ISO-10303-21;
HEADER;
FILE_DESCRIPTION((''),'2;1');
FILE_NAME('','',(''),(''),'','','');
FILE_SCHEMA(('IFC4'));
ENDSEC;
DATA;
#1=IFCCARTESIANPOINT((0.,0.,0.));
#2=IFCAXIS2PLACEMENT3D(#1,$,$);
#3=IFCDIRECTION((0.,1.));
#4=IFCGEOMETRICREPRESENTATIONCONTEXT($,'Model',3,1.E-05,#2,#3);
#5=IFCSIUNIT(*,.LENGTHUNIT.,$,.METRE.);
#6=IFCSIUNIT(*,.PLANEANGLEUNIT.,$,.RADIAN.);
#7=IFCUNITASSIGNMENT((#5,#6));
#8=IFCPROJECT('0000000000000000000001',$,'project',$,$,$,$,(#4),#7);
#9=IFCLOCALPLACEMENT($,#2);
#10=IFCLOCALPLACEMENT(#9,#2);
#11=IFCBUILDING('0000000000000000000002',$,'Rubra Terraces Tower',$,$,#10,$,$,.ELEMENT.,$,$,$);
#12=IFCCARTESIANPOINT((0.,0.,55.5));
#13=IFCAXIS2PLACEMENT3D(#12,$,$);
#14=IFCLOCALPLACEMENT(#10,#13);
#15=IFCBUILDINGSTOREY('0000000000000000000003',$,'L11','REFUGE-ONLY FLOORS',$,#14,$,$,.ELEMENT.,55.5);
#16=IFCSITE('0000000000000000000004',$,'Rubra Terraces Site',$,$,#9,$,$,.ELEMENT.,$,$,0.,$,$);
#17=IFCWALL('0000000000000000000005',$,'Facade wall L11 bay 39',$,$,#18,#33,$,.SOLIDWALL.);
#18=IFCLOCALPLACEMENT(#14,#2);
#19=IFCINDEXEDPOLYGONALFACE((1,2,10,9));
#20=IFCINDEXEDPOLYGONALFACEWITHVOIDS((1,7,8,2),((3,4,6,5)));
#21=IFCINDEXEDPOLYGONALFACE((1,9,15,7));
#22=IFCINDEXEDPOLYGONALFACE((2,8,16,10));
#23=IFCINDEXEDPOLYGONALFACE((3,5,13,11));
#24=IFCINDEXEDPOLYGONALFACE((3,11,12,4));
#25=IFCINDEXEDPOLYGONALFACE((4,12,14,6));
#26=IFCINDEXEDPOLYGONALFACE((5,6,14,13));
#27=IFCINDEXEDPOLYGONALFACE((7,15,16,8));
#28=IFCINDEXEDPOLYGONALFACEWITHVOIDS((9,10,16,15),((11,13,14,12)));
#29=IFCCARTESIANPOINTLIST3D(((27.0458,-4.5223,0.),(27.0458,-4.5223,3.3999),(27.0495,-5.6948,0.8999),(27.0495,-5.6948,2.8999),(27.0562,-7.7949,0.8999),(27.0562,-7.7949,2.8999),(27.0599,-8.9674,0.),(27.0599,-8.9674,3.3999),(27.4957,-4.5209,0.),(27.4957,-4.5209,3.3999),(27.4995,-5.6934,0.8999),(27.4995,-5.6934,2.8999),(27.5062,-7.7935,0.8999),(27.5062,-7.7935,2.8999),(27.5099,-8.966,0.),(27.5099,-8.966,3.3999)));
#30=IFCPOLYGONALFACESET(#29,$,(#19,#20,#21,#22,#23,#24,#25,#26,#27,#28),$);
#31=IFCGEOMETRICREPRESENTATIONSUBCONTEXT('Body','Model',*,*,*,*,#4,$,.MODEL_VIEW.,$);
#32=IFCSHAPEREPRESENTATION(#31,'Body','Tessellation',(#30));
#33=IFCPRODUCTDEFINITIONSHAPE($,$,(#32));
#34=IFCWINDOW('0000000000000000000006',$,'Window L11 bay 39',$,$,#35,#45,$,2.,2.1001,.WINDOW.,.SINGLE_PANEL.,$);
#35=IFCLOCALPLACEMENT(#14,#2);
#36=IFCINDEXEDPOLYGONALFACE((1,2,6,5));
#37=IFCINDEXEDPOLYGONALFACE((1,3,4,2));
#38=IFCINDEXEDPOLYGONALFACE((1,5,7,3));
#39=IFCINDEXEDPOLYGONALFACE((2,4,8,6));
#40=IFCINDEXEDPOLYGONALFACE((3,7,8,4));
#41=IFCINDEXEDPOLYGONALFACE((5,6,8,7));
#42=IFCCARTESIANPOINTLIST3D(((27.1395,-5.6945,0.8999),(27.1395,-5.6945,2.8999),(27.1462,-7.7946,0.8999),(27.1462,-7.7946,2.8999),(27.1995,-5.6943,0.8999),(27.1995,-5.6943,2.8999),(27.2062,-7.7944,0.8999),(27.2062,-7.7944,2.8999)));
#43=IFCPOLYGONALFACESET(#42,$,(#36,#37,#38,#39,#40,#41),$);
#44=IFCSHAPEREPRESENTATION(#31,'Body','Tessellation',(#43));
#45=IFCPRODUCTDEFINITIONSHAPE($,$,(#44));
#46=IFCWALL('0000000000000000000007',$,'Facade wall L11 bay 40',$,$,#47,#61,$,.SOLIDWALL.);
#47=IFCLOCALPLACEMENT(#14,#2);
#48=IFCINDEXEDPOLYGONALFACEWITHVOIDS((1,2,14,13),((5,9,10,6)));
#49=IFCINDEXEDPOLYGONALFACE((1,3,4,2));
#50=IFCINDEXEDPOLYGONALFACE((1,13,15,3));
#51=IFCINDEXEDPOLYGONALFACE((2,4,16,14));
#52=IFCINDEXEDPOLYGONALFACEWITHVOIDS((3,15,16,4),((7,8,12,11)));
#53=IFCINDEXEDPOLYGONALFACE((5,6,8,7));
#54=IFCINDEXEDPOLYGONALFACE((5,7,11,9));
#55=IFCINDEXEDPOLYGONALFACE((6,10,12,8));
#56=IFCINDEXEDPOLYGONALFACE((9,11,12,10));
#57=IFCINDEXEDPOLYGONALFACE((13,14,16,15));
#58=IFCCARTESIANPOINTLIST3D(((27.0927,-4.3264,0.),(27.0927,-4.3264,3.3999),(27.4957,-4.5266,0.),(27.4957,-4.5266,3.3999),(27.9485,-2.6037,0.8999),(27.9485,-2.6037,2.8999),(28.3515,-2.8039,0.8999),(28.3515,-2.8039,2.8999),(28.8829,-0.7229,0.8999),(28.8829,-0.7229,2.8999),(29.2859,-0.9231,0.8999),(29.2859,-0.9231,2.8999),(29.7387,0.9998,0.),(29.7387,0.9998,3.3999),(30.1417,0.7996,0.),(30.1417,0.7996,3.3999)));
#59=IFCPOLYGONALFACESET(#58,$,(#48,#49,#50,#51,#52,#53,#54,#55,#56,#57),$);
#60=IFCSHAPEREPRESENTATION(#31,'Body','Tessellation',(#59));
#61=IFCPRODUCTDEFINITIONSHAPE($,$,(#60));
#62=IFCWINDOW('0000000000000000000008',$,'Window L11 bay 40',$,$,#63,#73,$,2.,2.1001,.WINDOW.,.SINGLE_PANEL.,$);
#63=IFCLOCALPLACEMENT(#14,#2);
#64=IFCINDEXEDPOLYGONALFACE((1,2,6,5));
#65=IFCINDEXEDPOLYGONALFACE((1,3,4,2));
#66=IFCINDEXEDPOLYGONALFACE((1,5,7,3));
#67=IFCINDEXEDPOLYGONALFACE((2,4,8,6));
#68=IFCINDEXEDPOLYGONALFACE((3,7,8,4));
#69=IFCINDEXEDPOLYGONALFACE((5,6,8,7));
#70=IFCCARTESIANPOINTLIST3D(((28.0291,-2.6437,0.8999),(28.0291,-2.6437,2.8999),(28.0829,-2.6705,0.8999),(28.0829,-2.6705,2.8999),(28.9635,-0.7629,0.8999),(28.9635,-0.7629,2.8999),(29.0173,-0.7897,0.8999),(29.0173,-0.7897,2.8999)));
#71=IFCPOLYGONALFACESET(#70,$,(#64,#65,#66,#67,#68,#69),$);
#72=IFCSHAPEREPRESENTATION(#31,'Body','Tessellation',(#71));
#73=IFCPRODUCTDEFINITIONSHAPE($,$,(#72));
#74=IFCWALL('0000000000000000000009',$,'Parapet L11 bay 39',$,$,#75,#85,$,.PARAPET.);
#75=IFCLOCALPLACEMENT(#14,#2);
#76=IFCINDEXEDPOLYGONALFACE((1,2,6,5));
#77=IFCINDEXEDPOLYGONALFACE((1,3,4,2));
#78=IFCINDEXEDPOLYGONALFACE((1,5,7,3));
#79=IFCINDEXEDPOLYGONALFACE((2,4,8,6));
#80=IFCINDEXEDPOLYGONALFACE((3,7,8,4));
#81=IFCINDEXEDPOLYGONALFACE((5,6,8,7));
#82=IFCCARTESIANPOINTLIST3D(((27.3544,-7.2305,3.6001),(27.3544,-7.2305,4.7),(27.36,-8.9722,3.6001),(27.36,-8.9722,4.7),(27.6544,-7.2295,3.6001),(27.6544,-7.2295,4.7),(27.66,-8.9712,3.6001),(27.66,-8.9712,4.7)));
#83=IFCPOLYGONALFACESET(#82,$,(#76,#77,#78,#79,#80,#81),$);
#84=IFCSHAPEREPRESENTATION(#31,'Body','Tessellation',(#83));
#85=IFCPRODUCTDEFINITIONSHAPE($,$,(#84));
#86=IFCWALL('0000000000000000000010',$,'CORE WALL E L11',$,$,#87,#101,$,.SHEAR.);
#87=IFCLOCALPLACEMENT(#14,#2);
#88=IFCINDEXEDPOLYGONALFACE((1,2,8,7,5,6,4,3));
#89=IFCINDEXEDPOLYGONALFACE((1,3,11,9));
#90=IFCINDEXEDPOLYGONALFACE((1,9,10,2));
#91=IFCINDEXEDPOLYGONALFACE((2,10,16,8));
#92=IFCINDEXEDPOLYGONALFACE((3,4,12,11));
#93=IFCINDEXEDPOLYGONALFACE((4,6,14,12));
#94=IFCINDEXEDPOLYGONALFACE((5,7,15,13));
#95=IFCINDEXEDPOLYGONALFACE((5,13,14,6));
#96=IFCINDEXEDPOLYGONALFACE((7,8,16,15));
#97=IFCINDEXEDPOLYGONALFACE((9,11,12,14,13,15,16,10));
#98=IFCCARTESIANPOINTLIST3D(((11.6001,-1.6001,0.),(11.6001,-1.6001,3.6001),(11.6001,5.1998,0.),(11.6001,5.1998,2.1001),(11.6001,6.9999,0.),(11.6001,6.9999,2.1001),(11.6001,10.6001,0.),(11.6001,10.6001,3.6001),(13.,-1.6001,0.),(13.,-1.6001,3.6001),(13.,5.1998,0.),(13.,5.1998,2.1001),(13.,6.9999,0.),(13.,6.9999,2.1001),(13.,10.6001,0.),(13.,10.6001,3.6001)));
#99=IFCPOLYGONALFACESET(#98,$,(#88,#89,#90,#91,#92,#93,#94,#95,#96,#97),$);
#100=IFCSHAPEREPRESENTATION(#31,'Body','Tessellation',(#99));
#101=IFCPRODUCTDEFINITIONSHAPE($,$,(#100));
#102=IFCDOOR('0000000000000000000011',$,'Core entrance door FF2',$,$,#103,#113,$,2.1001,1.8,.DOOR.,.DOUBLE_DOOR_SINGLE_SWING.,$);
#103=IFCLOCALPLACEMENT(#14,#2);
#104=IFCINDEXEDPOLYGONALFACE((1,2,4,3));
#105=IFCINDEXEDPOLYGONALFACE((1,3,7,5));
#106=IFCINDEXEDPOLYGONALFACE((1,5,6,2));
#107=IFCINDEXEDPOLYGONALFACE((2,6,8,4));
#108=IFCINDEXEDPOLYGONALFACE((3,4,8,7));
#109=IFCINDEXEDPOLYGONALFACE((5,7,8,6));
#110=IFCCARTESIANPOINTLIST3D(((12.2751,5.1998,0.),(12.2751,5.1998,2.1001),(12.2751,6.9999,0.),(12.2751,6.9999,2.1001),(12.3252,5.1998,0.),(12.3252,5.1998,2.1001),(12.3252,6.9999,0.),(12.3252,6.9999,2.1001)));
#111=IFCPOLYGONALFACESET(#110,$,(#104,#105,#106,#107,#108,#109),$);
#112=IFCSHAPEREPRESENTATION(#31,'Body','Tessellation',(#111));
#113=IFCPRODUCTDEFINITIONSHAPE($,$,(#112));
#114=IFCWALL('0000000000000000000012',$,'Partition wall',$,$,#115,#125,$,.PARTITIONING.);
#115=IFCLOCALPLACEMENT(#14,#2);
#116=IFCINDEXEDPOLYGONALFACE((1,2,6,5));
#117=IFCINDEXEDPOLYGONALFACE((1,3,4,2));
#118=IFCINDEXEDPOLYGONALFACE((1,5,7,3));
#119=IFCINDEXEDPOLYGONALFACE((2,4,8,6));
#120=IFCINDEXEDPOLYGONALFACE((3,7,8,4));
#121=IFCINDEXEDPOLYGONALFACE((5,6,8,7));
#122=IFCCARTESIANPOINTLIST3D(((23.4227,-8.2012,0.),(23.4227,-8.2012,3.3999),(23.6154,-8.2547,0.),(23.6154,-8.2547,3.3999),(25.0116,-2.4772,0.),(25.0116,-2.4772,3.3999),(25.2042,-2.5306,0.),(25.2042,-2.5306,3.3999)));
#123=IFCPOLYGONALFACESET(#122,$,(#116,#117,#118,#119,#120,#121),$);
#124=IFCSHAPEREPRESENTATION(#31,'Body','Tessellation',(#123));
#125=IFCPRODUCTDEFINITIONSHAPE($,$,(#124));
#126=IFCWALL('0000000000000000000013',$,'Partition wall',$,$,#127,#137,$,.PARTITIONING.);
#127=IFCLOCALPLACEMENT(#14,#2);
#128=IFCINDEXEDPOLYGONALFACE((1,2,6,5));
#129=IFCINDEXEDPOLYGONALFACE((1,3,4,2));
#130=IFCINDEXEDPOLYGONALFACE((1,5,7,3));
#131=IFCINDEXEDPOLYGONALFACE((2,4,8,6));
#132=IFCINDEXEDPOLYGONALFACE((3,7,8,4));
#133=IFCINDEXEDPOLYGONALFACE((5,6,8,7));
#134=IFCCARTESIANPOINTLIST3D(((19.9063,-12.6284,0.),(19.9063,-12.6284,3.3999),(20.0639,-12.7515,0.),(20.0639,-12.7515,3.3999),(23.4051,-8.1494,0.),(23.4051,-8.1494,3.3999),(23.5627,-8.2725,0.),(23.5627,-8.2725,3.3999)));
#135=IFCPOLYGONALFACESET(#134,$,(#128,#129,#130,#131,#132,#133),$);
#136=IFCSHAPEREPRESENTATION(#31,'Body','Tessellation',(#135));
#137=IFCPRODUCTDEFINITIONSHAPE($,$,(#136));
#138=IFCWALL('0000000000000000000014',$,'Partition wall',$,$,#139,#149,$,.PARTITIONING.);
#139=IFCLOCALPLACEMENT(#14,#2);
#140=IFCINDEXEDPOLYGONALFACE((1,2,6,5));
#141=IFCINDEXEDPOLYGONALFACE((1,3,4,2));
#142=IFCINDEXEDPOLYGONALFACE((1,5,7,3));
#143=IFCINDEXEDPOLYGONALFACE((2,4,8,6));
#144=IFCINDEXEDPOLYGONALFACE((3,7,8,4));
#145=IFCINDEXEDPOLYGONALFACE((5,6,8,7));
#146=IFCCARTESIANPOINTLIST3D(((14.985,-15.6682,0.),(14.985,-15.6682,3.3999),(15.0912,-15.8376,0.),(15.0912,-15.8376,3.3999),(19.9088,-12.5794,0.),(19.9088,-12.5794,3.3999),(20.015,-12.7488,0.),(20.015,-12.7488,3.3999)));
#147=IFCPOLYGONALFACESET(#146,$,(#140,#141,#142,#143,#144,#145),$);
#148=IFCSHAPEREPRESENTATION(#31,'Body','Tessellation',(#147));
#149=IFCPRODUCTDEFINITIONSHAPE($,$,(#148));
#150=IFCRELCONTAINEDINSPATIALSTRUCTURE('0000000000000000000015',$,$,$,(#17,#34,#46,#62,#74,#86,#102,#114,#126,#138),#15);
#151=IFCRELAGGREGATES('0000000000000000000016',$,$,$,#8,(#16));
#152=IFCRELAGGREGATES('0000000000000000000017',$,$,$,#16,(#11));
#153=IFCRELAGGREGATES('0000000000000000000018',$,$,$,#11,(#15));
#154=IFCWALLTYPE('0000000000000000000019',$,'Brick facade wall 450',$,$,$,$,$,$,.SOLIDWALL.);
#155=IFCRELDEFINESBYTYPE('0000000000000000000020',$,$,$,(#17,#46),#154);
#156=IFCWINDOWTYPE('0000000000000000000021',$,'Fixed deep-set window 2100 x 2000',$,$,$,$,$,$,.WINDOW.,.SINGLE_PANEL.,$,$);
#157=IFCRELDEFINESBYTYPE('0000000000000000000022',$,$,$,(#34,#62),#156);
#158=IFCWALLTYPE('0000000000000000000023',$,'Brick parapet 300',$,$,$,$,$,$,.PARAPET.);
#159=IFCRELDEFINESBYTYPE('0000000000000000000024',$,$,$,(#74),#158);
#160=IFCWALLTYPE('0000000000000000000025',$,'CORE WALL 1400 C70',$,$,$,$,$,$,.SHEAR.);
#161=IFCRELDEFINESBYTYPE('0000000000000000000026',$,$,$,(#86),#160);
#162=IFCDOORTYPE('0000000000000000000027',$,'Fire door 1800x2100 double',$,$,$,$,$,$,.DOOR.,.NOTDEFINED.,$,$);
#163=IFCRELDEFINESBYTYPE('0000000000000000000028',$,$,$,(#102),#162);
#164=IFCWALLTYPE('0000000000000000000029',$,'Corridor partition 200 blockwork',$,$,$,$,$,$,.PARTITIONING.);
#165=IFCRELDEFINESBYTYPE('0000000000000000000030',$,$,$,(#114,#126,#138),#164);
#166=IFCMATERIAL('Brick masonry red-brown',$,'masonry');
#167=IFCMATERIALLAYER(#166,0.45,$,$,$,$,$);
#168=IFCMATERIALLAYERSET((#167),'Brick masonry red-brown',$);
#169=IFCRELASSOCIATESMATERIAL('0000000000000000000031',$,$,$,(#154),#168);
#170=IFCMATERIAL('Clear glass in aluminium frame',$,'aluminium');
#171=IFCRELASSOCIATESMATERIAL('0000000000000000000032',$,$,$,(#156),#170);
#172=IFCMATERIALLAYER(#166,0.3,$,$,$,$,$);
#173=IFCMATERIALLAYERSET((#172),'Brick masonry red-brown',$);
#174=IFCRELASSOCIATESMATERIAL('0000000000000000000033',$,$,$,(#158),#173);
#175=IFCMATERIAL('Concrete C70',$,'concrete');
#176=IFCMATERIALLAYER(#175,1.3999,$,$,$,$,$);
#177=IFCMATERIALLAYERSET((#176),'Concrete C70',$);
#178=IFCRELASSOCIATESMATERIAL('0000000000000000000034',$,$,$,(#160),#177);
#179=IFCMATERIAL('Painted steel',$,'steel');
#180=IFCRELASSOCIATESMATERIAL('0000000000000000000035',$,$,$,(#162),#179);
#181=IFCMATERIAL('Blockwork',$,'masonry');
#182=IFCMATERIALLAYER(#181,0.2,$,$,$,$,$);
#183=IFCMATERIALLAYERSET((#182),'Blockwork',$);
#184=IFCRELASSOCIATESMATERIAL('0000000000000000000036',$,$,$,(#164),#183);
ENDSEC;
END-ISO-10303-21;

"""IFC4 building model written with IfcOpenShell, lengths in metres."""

from ifc_helpers import new_model, si_unit, direction, frame, frame_2d, origin, place, context, subcontext, project, spatial, rectangle, extrude, material, layer, layer_set, type_object, element, fill, save


model = new_model("IFC4")

# Units and contexts
model_context = context("Model", 3, precision=1e-05, world=origin(), true_north=direction((0.0, 1.0)))
body_context = subcontext(model_context, "Body", "Model", "MODEL_VIEW")
ifc_project = project(units=[si_unit("LENGTHUNIT", "METRE"), si_unit("PLANEANGLEUNIT", "RADIAN")], contexts=[model_context])

# Site, building, storey
site_placement = place(None, origin())
site = spatial("IfcSite", under=ifc_project, at=site_placement, Name="Rubra Terraces Site", CompositionType="ELEMENT", RefElevation=0.0)
building_placement = place(site_placement, origin())
building = spatial("IfcBuilding", under=site, at=building_placement, Name="Rubra Terraces Tower", CompositionType="ELEMENT")
storey_placement = place(building_placement, frame((0.0, 0.0, 55.5)))
storey = spatial("IfcBuildingStorey", under=building, at=storey_placement, Name="L11", Description="REFUGE-ONLY FLOORS", CompositionType="ELEMENT", Elevation=55.5)

# Walls, openings, windows
ifc_material_1 = material(Name="Brick masonry red-brown", Category="masonry")
ifc_layer_1 = layer(ifc_material_1, 0.45)
ifc_layer_set_1 = layer_set([ifc_layer_1], Name="Brick masonry red-brown")
wall_type_1 = type_object("IfcWallType", Name="Brick facade wall 450", PredefinedType="SOLIDWALL", material=ifc_layer_set_1)
wall_1_placement = place(storey_placement, frame((27.2849, -8.9668, 0.0), z_axis=(0.0, 0.0, 1.0), x_axis=(-0.003186, 0.999995, 0.0)))
wall_1 = element("IfcWall", 1, at=wall_1_placement, inside=storey, type_object=wall_type_1, Name="Facade wall L11 bay 39", PredefinedType="SOLIDWALL", context=body_context, shape_type="SweptSolid", body=[
    extrude(rectangle(XDim=4.4451, YDim=0.45, at=frame_2d((2.2227, 0.0))), origin(), (0.0, 0.0, 1.0), 3.3999),
])
opening_1_placement = place(wall_1_placement, frame((1.1726, 0.0, 0.8999)))
opening_1 = element("IfcOpeningElement", 2, at=opening_1_placement, cuts=wall_1, PredefinedType="OPENING", context=body_context, shape_type="SweptSolid", body=[
    extrude(rectangle(XDim=2.1001, YDim=2.0, at=frame_2d((1.05, 1.0))), frame((0.0, 0.2349, 0.0), z_axis=(0.0, -1.0, 0.0), x_axis=(1.0, 0.0, 0.0)), (0.0, 0.0, 1.0), 0.47),
])
ifc_material_2 = material(Name="Clear glass in aluminium frame", Category="aluminium")
window_type = type_object("IfcWindowType", Name="Fixed deep-set window 2100 x 2000", PartitioningType="SINGLE_PANEL", PredefinedType="WINDOW", material=ifc_material_2)
window_1_placement = place(opening_1_placement, origin())
window_1 = element("IfcWindow", 3, at=window_1_placement, inside=storey, type_object=window_type, Name="Window L11 bay 39", OverallHeight=2.0, OverallWidth=2.1001, PartitioningType="SINGLE_PANEL", PredefinedType="WINDOW", context=body_context, shape_type="SweptSolid", body=[
    extrude(rectangle(XDim=2.1001, YDim=2.0, at=frame_2d((1.05, 1.0))), frame((0.0, 0.135, 0.0), z_axis=(0.0, -1.0, 0.0), x_axis=(1.0, 0.0, 0.0)), (0.0, 0.0, 1.0), 0.0601),
])
fill(opening_1, window_1)
wall_2_placement = place(storey_placement, frame((27.2942, -4.4265, 0.0), z_axis=(0.0, 0.0, 1.0), x_axis=(0.444913, 0.895574, 0.0)))
wall_2 = element("IfcWall", 4, at=wall_2_placement, inside=storey, type_object=wall_type_1, Name="Facade wall L11 bay 40", PredefinedType="SOLIDWALL", context=body_context, shape_type="SweptSolid", body=[
    extrude(rectangle(XDim=5.9473, YDim=0.45, at=frame_2d((2.9736, 0.0))), origin(), (0.0, 0.0, 1.0), 3.3999),
])
opening_2_placement = place(wall_2_placement, frame((1.9236, 0.0, 0.8999)))
opening_2 = element("IfcOpeningElement", 5, at=opening_2_placement, cuts=wall_2, PredefinedType="OPENING", context=body_context, shape_type="SweptSolid", body=[
    extrude(rectangle(XDim=2.1001, YDim=2.0, at=frame_2d((1.05, 1.0))), frame((0.0, 0.2349, 0.0), z_axis=(0.0, -1.0, 0.0), x_axis=(1.0, 0.0, 0.0)), (0.0, 0.0, 1.0), 0.47),
])
window_2_placement = place(opening_2_placement, origin())
window_2 = element("IfcWindow", 6, at=window_2_placement, inside=storey, type_object=window_type, Name="Window L11 bay 40", OverallHeight=2.0, OverallWidth=2.1001, PartitioningType="SINGLE_PANEL", PredefinedType="WINDOW", context=body_context, shape_type="SweptSolid", body=[
    extrude(rectangle(XDim=2.1001, YDim=2.0, at=frame_2d((1.05, 1.0))), frame((0.0, 0.135, 0.0), z_axis=(0.0, -1.0, 0.0), x_axis=(1.0, 0.0, 0.0)), (0.0, 0.0, 1.0), 0.0601),
])
fill(opening_2, window_2)

# Wall
ifc_layer_2 = layer(ifc_material_1, 0.3)
ifc_layer_set_2 = layer_set([ifc_layer_2], Name="Brick masonry red-brown")
wall_type_2 = type_object("IfcWallType", Name="Brick parapet 300", PredefinedType="PARAPET", material=ifc_layer_set_2)
wall_3_placement = place(storey_placement, frame((27.51, -8.9717, 3.6001), z_axis=(0.0, 0.0, 1.0), x_axis=(-0.003224, 0.999995, 0.0)))
element("IfcWall", 7, at=wall_3_placement, inside=storey, type_object=wall_type_2, Name="Parapet L11 bay 39", PredefinedType="PARAPET", context=body_context, shape_type="SweptSolid", body=[
    extrude(rectangle(XDim=1.7417, YDim=0.3, at=frame_2d((0.8708, 0.0))), origin(), (0.0, 0.0, 1.0), 1.0999),
])

# Wall, opening, door
ifc_material_3 = material(Name="Concrete C70", Category="concrete")
ifc_layer_3 = layer(ifc_material_3, 1.3999)
ifc_layer_set_3 = layer_set([ifc_layer_3], Name="Concrete C70")
wall_type_3 = type_object("IfcWallType", Name="CORE WALL 1400 C70", PredefinedType="SHEAR", material=ifc_layer_set_3)
wall_4_placement = place(storey_placement, frame((12.3, -1.6001, 0.0), z_axis=(0.0, 0.0, 1.0), x_axis=(0.0, 1.0, 0.0)))
wall_4 = element("IfcWall", 8, at=wall_4_placement, inside=storey, type_object=wall_type_3, Name="CORE WALL E L11", PredefinedType="SHEAR", context=body_context, shape_type="SweptSolid", body=[
    extrude(rectangle(XDim=12.2002, YDim=1.3999, at=frame_2d((6.1001, 0.0))), origin(), (0.0, 0.0, 1.0), 3.6001),
])
opening_3_placement = place(wall_4_placement, frame((6.8, 0.0, 0.0)))
opening_3 = element("IfcOpeningElement", 9, at=opening_3_placement, cuts=wall_4, PredefinedType="OPENING", context=body_context, shape_type="SweptSolid", body=[
    extrude(rectangle(XDim=1.8, YDim=2.1001, at=frame_2d((0.8999, 1.05))), frame((0.0, 0.71, 0.0), z_axis=(0.0, -1.0, 0.0), x_axis=(1.0, 0.0, 0.0)), (0.0, 0.0, 1.0), 1.4199),
])
ifc_material_4 = material(Name="Painted steel", Category="steel")
door_type_1 = type_object("IfcDoorType", Name="Fire door 1800x2100 double", OperationType="NOTDEFINED", PredefinedType="DOOR", material=ifc_material_4)
door_1_placement = place(opening_3_placement, origin())
door_1 = element("IfcDoor", 10, at=door_1_placement, inside=storey, type_object=door_type_1, Name="Core entrance door FF2", OperationType="DOUBLE_DOOR_SINGLE_SWING", OverallHeight=2.1001, OverallWidth=1.8, PredefinedType="DOOR", context=body_context, shape_type="SweptSolid", body=[
    extrude(rectangle(XDim=1.8, YDim=2.1001, at=frame_2d((0.8999, 1.05))), frame((0.0, 0.0249, 0.0), z_axis=(0.0, -1.0, 0.0), x_axis=(1.0, 0.0, 0.0)), (0.0, 0.0, 1.0), 0.05),
])
fill(opening_3, door_1)

# Walls
ifc_material_5 = material(Name="Blockwork", Category="masonry")
ifc_layer_4 = layer(ifc_material_5, 0.2)
ifc_layer_set_4 = layer_set([ifc_layer_4], Name="Blockwork")
wall_type_4 = type_object("IfcWallType", Name="Corridor partition 200 blockwork", PredefinedType="PARTITIONING", material=ifc_layer_set_4)
wall_5_placement = place(storey_placement, frame((25.1079, -2.5039, 0.0), z_axis=(0.0, 0.0, 1.0), x_axis=(-0.267462, -0.963569, 0.0)))
element("IfcWall", 11, at=wall_5_placement, inside=storey, type_object=wall_type_4, Name="Partition wall", PredefinedType="PARTITIONING", context=body_context, shape_type="SweptSolid", body=[
    extrude(rectangle(XDim=5.9404, YDim=0.2, at=frame_2d((2.9702, 0.0))), origin(), (0.0, 0.0, 1.0), 3.3999),
])
wall_6_placement = place(storey_placement, frame((23.4839, -8.2109, 0.0), z_axis=(0.0, 0.0, 1.0), x_axis=(-0.615596, -0.788062, 0.0)))
element("IfcWall", 12, at=wall_6_placement, inside=storey, type_object=wall_type_4, Name="Partition wall", PredefinedType="PARTITIONING", context=body_context, shape_type="SweptSolid", body=[
    extrude(rectangle(XDim=5.6836, YDim=0.2, at=frame_2d((2.8418, 0.0))), origin(), (0.0, 0.0, 1.0), 3.3999),
])
wall_7_placement = place(storey_placement, frame((19.9619, -12.6641, 0.0), z_axis=(0.0, 0.0, 1.0), x_axis=(-0.84711, -0.531418, 0.0)))
element("IfcWall", 13, at=wall_7_placement, inside=storey, type_object=wall_type_4, Name="Partition wall", PredefinedType="PARTITIONING", context=body_context, shape_type="SweptSolid", body=[
    extrude(rectangle(XDim=5.8125, YDim=0.2, at=frame_2d((2.9062, 0.0))), origin(), (0.0, 0.0, 1.0), 3.3999),
])

save(model, "model.ifc")
